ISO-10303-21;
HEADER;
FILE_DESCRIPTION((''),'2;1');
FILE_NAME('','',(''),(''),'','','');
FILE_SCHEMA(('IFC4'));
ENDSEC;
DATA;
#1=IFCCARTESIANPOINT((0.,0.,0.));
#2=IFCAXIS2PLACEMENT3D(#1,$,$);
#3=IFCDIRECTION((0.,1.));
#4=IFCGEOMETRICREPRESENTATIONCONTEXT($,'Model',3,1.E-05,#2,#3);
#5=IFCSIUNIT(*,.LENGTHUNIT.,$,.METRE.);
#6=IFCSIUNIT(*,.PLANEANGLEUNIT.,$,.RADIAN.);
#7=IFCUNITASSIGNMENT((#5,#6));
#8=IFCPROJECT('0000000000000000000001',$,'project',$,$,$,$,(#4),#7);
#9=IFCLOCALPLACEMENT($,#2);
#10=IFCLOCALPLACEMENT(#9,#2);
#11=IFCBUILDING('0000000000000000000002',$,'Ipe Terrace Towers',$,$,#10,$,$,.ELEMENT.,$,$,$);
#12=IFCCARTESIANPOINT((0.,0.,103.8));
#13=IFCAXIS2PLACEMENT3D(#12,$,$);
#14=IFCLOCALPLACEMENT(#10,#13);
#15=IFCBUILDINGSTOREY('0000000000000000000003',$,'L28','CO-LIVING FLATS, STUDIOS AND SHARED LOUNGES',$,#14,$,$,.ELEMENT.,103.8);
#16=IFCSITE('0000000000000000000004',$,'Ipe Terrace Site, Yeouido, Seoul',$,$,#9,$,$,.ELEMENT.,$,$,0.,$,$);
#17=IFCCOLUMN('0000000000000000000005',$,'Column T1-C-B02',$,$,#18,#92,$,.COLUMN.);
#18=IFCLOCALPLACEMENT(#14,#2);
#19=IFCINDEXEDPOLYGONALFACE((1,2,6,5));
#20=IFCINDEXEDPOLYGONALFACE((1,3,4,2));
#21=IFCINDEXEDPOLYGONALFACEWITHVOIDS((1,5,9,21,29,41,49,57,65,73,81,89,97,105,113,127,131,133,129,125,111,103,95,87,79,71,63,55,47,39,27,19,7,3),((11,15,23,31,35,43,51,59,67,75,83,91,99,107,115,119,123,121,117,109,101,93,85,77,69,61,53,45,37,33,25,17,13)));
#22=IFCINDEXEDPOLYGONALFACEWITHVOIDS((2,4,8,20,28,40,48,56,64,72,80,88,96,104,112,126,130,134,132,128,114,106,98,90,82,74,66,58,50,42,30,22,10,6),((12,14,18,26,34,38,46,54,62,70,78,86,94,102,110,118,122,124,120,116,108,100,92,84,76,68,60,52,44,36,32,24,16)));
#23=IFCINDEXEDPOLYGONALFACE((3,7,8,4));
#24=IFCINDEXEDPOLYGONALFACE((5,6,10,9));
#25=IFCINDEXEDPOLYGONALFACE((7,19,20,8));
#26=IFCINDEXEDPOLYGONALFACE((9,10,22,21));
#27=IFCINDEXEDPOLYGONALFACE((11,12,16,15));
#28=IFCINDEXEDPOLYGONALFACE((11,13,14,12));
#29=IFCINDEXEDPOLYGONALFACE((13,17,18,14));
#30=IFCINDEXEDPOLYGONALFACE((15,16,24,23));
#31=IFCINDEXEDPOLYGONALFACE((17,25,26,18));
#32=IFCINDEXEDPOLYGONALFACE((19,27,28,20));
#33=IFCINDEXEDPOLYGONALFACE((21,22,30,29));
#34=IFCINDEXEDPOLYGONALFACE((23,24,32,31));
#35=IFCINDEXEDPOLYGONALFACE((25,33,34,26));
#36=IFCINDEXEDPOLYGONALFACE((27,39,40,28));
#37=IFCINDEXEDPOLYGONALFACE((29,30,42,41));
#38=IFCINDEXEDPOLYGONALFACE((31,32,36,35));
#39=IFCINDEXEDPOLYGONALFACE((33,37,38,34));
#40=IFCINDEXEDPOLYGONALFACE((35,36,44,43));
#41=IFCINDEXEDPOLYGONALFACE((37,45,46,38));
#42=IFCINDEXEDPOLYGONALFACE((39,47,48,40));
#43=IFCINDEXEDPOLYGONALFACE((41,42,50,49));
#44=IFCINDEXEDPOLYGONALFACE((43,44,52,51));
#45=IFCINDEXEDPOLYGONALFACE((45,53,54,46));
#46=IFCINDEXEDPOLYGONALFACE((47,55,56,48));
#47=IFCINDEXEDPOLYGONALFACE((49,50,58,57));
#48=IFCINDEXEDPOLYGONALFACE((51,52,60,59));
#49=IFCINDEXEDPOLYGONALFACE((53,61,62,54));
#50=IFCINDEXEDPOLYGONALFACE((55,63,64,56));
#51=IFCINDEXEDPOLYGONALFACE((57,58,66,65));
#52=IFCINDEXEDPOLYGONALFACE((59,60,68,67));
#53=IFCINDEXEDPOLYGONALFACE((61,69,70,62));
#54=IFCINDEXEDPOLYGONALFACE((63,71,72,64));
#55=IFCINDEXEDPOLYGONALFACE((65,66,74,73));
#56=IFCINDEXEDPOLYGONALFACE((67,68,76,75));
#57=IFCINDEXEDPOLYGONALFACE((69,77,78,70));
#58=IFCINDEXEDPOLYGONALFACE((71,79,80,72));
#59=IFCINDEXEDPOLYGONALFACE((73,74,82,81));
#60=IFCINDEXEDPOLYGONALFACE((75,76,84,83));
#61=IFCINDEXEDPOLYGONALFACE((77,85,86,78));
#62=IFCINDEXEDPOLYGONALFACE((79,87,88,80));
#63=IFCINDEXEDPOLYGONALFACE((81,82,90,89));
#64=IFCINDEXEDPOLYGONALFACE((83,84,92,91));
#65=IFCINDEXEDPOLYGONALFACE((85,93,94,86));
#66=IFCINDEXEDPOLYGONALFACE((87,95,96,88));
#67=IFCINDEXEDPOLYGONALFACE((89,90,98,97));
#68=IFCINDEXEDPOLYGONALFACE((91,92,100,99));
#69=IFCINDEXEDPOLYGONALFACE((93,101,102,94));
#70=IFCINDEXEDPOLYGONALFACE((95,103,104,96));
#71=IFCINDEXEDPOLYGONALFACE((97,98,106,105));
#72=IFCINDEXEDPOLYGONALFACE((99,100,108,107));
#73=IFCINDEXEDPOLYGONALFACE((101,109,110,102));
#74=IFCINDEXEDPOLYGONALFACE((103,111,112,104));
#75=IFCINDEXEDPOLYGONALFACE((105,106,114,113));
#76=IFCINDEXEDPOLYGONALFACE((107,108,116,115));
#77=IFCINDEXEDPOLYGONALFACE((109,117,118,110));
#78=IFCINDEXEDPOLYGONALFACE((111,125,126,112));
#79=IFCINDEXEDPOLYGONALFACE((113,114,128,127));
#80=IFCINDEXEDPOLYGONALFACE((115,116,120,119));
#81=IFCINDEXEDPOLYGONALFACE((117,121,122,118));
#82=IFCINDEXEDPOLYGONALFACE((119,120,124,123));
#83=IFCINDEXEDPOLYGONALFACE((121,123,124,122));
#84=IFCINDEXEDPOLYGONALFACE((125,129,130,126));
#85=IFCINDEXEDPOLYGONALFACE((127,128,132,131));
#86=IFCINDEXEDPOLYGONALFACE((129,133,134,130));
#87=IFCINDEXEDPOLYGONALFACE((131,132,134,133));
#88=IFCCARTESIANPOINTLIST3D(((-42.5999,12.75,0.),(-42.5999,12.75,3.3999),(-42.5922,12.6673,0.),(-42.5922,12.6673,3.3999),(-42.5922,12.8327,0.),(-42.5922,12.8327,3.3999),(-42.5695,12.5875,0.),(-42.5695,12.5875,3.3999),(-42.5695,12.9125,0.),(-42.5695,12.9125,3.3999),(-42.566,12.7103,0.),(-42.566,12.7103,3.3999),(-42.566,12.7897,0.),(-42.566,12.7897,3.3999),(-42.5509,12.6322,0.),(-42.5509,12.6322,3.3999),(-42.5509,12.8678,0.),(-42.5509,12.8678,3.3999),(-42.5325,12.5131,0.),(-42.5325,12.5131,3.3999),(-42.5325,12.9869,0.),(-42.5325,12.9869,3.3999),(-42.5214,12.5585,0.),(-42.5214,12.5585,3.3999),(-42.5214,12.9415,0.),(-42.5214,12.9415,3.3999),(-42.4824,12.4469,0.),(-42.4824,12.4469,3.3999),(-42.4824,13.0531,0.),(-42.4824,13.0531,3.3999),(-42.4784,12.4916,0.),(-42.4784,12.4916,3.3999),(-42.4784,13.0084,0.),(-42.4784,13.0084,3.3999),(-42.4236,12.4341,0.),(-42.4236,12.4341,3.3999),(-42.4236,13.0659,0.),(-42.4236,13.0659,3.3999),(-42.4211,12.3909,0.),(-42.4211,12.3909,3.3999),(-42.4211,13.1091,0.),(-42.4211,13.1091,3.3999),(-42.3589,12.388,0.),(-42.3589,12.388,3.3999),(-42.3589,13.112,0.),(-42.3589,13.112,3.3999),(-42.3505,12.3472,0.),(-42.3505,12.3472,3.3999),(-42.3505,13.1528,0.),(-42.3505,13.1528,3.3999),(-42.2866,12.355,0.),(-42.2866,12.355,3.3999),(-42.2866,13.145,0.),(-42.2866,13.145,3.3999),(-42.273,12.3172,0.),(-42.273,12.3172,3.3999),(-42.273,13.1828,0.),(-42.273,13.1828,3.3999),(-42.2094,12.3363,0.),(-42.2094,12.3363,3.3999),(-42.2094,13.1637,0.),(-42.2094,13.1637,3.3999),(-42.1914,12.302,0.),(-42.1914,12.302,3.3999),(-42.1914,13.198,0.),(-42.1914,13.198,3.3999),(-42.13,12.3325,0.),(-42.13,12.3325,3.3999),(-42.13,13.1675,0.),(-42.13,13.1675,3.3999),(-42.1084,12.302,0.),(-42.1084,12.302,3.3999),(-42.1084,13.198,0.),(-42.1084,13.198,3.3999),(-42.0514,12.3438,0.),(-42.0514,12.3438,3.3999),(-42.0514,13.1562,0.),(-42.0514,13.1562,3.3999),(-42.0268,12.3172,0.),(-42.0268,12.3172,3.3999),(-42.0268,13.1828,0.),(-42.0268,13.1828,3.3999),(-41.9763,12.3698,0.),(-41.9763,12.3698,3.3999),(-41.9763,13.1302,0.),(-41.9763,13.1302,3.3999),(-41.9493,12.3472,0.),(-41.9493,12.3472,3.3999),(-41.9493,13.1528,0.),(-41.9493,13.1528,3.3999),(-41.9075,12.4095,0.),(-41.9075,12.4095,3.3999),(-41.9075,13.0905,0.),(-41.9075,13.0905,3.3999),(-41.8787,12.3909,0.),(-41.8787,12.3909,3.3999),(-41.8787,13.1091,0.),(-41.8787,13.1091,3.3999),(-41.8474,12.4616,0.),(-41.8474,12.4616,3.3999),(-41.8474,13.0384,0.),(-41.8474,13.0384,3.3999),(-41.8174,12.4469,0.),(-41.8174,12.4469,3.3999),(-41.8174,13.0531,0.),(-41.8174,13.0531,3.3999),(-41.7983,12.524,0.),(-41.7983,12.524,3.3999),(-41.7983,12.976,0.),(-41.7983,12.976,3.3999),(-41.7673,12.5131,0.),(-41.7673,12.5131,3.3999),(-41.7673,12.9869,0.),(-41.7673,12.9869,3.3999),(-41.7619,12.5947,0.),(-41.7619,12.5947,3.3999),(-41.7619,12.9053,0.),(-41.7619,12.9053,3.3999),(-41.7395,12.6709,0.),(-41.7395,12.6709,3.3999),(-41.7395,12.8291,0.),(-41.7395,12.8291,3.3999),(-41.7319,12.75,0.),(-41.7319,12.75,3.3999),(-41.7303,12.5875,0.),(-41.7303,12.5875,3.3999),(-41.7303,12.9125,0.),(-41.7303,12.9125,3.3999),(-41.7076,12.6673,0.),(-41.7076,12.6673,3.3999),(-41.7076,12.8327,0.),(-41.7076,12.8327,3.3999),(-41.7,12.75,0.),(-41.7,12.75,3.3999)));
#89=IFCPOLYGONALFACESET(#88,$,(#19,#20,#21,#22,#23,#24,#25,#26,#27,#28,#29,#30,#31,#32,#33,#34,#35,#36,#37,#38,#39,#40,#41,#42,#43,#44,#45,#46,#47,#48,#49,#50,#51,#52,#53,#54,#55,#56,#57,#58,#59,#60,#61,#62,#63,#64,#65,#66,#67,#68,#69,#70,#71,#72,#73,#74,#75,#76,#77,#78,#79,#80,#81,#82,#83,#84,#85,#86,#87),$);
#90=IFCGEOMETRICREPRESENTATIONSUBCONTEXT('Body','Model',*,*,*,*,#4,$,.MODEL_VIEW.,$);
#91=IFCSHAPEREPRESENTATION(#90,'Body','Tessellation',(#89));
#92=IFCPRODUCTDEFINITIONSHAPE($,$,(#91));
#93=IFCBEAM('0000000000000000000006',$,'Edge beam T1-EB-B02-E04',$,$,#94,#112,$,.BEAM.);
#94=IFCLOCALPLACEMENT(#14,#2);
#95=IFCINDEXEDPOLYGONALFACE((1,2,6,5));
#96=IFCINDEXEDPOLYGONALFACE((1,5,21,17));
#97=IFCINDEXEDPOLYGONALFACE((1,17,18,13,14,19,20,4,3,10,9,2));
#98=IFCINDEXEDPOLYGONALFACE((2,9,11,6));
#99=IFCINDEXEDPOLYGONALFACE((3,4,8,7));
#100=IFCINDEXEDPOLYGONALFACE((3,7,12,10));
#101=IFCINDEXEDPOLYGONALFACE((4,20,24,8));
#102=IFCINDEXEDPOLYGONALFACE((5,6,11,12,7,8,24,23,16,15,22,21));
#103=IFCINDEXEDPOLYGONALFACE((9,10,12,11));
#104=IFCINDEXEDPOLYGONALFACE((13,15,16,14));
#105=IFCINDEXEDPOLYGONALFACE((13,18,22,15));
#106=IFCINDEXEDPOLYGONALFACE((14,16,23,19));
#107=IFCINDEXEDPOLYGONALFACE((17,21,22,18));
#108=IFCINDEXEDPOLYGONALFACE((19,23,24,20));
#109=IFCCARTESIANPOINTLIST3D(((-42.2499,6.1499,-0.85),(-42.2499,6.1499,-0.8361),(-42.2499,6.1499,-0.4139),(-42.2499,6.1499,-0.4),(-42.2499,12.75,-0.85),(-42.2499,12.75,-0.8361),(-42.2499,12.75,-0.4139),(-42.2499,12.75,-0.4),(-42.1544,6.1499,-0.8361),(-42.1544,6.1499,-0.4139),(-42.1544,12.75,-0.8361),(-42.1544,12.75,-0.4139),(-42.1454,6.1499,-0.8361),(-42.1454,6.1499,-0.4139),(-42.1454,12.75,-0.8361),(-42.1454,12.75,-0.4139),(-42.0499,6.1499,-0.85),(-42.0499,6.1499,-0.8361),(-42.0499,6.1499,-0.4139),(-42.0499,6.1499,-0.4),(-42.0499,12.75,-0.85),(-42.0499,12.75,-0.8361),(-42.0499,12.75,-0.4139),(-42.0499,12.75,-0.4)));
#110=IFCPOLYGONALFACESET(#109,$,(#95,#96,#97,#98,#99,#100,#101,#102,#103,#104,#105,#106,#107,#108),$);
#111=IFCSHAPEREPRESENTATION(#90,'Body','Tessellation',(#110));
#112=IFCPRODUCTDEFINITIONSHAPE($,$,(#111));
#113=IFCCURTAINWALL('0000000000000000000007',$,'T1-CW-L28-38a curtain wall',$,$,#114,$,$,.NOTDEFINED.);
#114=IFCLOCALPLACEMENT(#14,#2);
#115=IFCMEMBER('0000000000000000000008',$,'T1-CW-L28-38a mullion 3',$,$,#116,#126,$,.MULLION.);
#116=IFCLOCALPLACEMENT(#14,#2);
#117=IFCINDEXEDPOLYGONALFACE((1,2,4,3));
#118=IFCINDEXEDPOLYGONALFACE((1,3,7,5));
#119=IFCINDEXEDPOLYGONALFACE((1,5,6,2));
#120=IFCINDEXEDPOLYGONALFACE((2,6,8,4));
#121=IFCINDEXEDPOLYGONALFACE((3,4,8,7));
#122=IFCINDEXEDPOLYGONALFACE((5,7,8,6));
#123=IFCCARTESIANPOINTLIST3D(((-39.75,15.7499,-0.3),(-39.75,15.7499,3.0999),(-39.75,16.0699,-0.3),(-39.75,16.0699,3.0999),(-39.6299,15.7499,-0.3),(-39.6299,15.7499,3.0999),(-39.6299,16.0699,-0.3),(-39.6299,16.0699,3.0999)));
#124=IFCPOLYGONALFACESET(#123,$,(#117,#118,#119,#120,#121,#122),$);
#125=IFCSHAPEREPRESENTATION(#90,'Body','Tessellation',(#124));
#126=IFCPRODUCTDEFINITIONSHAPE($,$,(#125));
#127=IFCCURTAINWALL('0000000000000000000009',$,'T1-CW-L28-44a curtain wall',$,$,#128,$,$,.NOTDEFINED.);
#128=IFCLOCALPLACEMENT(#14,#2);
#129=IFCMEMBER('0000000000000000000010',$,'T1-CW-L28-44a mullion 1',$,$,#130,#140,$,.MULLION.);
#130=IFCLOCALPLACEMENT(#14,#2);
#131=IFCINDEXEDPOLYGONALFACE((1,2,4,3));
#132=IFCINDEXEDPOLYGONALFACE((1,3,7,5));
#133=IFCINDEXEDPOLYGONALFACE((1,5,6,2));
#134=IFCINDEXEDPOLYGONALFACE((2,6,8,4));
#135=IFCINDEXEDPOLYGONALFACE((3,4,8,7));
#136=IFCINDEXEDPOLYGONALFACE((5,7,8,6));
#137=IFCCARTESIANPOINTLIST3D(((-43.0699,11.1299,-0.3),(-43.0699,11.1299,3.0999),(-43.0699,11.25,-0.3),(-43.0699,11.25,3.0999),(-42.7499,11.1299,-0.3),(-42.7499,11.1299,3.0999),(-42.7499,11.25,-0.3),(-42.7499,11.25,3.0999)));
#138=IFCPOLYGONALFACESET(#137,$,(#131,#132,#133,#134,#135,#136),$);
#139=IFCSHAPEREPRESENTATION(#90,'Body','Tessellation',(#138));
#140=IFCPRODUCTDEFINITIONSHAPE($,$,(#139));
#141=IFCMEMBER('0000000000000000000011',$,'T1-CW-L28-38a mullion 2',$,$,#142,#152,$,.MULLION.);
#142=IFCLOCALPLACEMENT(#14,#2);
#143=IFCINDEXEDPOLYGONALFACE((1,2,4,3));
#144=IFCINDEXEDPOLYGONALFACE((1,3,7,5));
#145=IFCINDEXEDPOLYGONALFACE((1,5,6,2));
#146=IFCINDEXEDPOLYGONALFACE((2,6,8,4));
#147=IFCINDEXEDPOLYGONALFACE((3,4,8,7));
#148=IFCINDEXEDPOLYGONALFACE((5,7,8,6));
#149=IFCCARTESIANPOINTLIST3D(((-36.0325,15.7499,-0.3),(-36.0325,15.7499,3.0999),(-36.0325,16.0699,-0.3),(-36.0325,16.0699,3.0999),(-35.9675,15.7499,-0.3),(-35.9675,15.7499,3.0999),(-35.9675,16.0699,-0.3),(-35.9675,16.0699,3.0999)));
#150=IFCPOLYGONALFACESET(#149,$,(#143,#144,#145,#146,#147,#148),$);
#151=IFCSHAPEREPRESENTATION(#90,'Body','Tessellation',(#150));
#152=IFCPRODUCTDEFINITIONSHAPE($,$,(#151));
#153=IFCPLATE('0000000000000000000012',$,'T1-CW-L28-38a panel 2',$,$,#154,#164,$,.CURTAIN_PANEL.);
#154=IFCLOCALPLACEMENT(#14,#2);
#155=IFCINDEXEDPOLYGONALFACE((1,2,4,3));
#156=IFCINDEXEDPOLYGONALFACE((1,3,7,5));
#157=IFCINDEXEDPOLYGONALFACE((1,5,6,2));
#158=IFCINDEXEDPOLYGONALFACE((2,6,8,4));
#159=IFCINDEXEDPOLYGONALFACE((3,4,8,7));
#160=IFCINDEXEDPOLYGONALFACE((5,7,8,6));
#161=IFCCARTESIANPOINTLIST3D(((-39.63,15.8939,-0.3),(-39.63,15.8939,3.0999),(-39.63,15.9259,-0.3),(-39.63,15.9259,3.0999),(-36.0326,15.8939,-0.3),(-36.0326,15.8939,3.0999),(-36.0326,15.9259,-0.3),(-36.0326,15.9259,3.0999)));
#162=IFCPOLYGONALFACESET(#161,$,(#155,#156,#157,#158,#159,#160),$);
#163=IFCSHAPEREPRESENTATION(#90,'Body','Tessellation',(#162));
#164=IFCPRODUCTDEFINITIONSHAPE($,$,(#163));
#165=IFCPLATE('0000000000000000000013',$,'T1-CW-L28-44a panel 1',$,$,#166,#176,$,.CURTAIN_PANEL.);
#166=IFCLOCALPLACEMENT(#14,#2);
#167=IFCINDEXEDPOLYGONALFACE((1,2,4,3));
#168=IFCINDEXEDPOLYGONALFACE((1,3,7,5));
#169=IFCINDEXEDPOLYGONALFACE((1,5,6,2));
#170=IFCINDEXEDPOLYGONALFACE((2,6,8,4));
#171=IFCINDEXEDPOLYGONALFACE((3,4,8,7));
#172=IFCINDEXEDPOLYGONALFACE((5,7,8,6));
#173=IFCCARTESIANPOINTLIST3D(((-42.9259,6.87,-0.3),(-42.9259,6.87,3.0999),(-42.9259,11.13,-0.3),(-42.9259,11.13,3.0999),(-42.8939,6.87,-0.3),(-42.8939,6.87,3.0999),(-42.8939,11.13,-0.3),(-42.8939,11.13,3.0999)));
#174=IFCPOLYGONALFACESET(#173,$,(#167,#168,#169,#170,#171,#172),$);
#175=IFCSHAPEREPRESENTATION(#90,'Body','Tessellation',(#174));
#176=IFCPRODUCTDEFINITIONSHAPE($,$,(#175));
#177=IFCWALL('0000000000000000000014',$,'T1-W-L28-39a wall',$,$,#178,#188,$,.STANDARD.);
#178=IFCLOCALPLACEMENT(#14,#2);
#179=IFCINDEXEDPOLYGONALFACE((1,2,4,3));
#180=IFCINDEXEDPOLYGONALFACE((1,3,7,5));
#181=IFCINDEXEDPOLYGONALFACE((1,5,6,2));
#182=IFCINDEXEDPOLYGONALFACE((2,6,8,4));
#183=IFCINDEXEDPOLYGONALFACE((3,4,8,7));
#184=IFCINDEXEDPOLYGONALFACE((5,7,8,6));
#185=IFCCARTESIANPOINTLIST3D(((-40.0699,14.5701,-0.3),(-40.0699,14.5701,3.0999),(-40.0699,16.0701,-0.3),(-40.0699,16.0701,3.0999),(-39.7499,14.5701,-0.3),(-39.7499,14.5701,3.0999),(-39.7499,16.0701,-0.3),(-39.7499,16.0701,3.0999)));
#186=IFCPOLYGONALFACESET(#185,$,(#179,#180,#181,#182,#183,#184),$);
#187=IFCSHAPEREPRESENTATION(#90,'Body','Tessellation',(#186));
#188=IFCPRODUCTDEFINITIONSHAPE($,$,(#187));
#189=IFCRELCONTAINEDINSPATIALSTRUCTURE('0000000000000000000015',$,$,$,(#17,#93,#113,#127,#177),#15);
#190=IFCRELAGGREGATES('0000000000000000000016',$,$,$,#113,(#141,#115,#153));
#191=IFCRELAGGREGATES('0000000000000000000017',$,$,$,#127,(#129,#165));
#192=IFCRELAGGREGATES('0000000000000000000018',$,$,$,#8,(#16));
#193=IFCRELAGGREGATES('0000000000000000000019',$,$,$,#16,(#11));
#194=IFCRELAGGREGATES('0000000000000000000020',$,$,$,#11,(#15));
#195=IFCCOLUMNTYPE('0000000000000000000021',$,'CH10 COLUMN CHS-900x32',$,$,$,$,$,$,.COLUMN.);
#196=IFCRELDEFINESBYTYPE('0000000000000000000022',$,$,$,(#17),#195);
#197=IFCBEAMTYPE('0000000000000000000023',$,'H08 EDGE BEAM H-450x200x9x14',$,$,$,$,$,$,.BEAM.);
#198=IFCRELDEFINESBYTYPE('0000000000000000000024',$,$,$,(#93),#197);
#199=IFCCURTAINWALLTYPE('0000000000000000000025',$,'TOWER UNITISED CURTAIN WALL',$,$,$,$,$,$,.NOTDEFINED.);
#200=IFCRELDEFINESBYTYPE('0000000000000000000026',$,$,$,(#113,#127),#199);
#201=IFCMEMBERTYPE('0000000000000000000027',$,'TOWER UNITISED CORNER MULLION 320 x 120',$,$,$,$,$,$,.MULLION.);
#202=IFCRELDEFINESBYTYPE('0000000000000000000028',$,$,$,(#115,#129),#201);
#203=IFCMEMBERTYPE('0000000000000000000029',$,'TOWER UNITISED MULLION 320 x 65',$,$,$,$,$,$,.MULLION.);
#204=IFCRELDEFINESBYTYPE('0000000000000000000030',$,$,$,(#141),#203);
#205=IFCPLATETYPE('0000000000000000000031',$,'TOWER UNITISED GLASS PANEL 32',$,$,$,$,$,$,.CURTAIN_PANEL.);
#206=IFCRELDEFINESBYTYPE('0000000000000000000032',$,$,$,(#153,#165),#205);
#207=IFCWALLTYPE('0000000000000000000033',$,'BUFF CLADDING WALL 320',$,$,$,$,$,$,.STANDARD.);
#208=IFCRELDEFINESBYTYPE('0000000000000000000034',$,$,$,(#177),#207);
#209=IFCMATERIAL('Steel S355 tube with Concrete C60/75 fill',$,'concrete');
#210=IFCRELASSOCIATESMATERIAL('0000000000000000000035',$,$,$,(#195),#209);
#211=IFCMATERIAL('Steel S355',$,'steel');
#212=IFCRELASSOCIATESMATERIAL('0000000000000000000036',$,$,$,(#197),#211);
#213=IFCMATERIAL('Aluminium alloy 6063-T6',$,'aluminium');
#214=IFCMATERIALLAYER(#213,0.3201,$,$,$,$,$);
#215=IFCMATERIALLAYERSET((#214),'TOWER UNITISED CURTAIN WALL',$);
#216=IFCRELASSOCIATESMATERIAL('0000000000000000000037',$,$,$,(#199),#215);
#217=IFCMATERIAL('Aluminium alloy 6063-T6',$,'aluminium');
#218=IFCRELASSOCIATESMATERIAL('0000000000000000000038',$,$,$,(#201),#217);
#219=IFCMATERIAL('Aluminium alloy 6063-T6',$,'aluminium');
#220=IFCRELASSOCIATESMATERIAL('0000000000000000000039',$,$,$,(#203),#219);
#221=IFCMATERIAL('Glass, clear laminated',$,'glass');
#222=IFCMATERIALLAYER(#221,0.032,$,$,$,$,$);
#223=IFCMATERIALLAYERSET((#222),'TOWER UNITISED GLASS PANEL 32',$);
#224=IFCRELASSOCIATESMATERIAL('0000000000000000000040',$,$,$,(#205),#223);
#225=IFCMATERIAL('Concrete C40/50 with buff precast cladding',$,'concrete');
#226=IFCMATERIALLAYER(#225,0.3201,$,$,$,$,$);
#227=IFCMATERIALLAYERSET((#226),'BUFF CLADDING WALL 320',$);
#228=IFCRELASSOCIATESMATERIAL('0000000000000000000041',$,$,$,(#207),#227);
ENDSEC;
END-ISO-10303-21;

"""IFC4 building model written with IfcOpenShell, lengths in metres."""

from ifc_helpers import new_model, si_unit, direction, frame, frame_2d, origin, origin_2d, place, context, subcontext, project, spatial, rectangle, hollow_circle, i_section, extrude, material, layer, layer_set, material_profile, profile_set, type_object, element, aggregate, save


model = new_model("IFC4")

# Units and contexts
model_context = context("Model", 3, precision=1e-05, world=origin(), true_north=direction((0.0, 1.0)))
body_context = subcontext(model_context, "Body", "Model", "MODEL_VIEW")
ifc_project = project(units=[si_unit("LENGTHUNIT", "METRE"), si_unit("PLANEANGLEUNIT", "RADIAN")], contexts=[model_context])

# Site, building, storey
site_placement = place(None, origin())
site = spatial("IfcSite", under=ifc_project, at=site_placement, Name="Ipe Terrace Site, Yeouido, Seoul", CompositionType="ELEMENT", RefElevation=0.0)
building_placement = place(site_placement, origin())
building = spatial("IfcBuilding", under=site, at=building_placement, Name="Ipe Terrace Towers", CompositionType="ELEMENT")
storey_placement = place(building_placement, frame((0.0, 0.0, 103.8)))
storey = spatial("IfcBuildingStorey", under=building, at=storey_placement, Name="L28", Description="CO-LIVING FLATS, STUDIOS AND SHARED LOUNGES", CompositionType="ELEMENT", Elevation=103.8)

# Column
ifc_material_1 = material(Name="Steel S355 tube with Concrete C60/75 fill", Category="concrete")
ifc_material_profile_1 = material_profile(ifc_material_1, hollow_circle(Radius=0.45, WallThickness=0.032, at=origin_2d()), Name="CHS-900x32")
ifc_profile_set_1 = profile_set([ifc_material_profile_1], Name="Steel S355 tube with Concrete C60/75 fill")
column_type = type_object("IfcColumnType", Name="CH10 COLUMN CHS-900x32", PredefinedType="COLUMN", material=ifc_profile_set_1)
column_placement = place(storey_placement, frame((-42.1499, 12.75, 0.0), z_axis=(0.0, 0.0, 1.0), x_axis=(1.0, 0.0, 0.0)))
element("IfcColumn", 1, at=column_placement, inside=storey, type_object=column_type, Name="Column T1-C-B02", PredefinedType="COLUMN", context=body_context, shape_type="SweptSolid", body=[
    extrude(hollow_circle(Radius=0.45, WallThickness=0.032, at=origin_2d()), origin(), (0.0, 0.0, 1.0), 3.3999),
])

# Beam
ifc_material_2 = material(Name="Steel S355", Category="steel")
ifc_material_profile_2 = material_profile(ifc_material_2, i_section(OverallWidth=0.2, OverallDepth=0.45, WebThickness=0.009, FlangeThickness=0.0139, at=origin_2d()), Name="H-450x200x9x14")
ifc_profile_set_2 = profile_set([ifc_material_profile_2], Name="Steel S355")
beam_type = type_object("IfcBeamType", Name="H08 EDGE BEAM H-450x200x9x14", PredefinedType="BEAM", material=ifc_profile_set_2)
beam_placement = place(storey_placement, frame((-42.1499, 12.75, -0.625), z_axis=(0.0, -1.0, 0.0), x_axis=(1.0, 0.0, 0.0)))
element("IfcBeam", 2, at=beam_placement, inside=storey, type_object=beam_type, Name="Edge beam T1-EB-B02-E04", PredefinedType="BEAM", context=body_context, shape_type="SweptSolid", body=[
    extrude(i_section(OverallWidth=0.2, OverallDepth=0.45, WebThickness=0.009, FlangeThickness=0.0139, at=origin_2d()), origin(), (0.0, 0.0, 1.0), 6.6001),
])

# Curtain walls, members
ifc_material_3 = material(Name="Aluminium alloy 6063-T6", Category="aluminium")
ifc_layer_1 = layer(ifc_material_3, 0.3201)
ifc_layer_set_1 = layer_set([ifc_layer_1], Name="TOWER UNITISED CURTAIN WALL")
curtain_wall_type = type_object("IfcCurtainWallType", Name="TOWER UNITISED CURTAIN WALL", PredefinedType="NOTDEFINED", material=ifc_layer_set_1)
curtain_wall_1_placement = place(storey_placement, origin())
curtain_wall_1 = element("IfcCurtainWall", 3, at=curtain_wall_1_placement, inside=storey, type_object=curtain_wall_type, Name="T1-CW-L28-38a curtain wall", PredefinedType="NOTDEFINED")
ifc_material_4 = material(Name="Aluminium alloy 6063-T6", Category="aluminium")
ifc_material_profile_3 = material_profile(ifc_material_4, rectangle(XDim=0.3201, YDim=0.1201, at=origin_2d()), Name="TOWER UNITISED CORNER MULLION 320 x 120")
ifc_profile_set_3 = profile_set([ifc_material_profile_3], Name="Aluminium alloy 6063-T6")
member_type_1 = type_object("IfcMemberType", Name="TOWER UNITISED CORNER MULLION 320 x 120", PredefinedType="MULLION", material=ifc_profile_set_3)
member_1_placement = place(storey_placement, frame((-39.6899, 15.9099, -0.3), z_axis=(0.0, 0.0, 1.0), x_axis=(0.0, 1.0, 0.0)))
member_1 = element("IfcMember", 4, at=member_1_placement, type_object=member_type_1, Name="T1-CW-L28-38a mullion 3", PredefinedType="MULLION", context=body_context, shape_type="SweptSolid", body=[
    extrude(rectangle(XDim=0.3201, YDim=0.1201, at=origin_2d()), origin(), (0.0, 0.0, 1.0), 3.3999),
])
curtain_wall_2_placement = place(storey_placement, origin())
curtain_wall_2 = element("IfcCurtainWall", 5, at=curtain_wall_2_placement, inside=storey, type_object=curtain_wall_type, Name="T1-CW-L28-44a curtain wall", PredefinedType="NOTDEFINED")
member_2_placement = place(storey_placement, frame((-42.9099, 11.1899, -0.3), z_axis=(0.0, 0.0, 1.0), x_axis=(-1.0, 0.0, 0.0)))
member_2 = element("IfcMember", 6, at=member_2_placement, type_object=member_type_1, Name="T1-CW-L28-44a mullion 1", PredefinedType="MULLION", context=body_context, shape_type="SweptSolid", body=[
    extrude(rectangle(XDim=0.3201, YDim=0.1201, at=origin_2d()), origin(), (0.0, 0.0, 1.0), 3.3999),
])

# Member
ifc_material_5 = material(Name="Aluminium alloy 6063-T6", Category="aluminium")
ifc_material_profile_4 = material_profile(ifc_material_5, rectangle(XDim=0.3201, YDim=0.0649, at=origin_2d()), Name="TOWER UNITISED MULLION 320 x 65")
ifc_profile_set_4 = profile_set([ifc_material_profile_4], Name="Aluminium alloy 6063-T6")
member_type_2 = type_object("IfcMemberType", Name="TOWER UNITISED MULLION 320 x 65", PredefinedType="MULLION", material=ifc_profile_set_4)
member_3_placement = place(storey_placement, frame((-36.0, 15.9099, -0.3), z_axis=(0.0, 0.0, 1.0), x_axis=(0.0, 1.0, 0.0)))
member_3 = element("IfcMember", 7, at=member_3_placement, type_object=member_type_2, Name="T1-CW-L28-38a mullion 2", PredefinedType="MULLION", context=body_context, shape_type="SweptSolid", body=[
    extrude(rectangle(XDim=0.3201, YDim=0.0649, at=origin_2d()), origin(), (0.0, 0.0, 1.0), 3.3999),
])

# Plates
ifc_material_6 = material(Name="Glass, clear laminated", Category="glass")
ifc_layer_2 = layer(ifc_material_6, 0.032)
ifc_layer_set_2 = layer_set([ifc_layer_2], Name="TOWER UNITISED GLASS PANEL 32")
plate_type = type_object("IfcPlateType", Name="TOWER UNITISED GLASS PANEL 32", PredefinedType="CURTAIN_PANEL", material=ifc_layer_set_2)
plate_1_placement = place(storey_placement, frame((-37.8313, 15.9099, -0.3), z_axis=(0.0, 0.0, 1.0), x_axis=(-1.0, 0.0, 0.0)))
plate_1 = element("IfcPlate", 8, at=plate_1_placement, type_object=plate_type, Name="T1-CW-L28-38a panel 2", PredefinedType="CURTAIN_PANEL", context=body_context, shape_type="SweptSolid", body=[
    extrude(rectangle(XDim=3.5974, YDim=0.032, at=origin_2d()), origin(), (0.0, 0.0, 1.0), 3.3999),
])
aggregate(curtain_wall_1, [member_3, member_1, plate_1])
plate_2_placement = place(storey_placement, frame((-42.9099, 9.0, -0.3), z_axis=(0.0, 0.0, 1.0), x_axis=(0.0, -1.0, 0.0)))
plate_2 = element("IfcPlate", 9, at=plate_2_placement, type_object=plate_type, Name="T1-CW-L28-44a panel 1", PredefinedType="CURTAIN_PANEL", context=body_context, shape_type="SweptSolid", body=[
    extrude(rectangle(XDim=4.26, YDim=0.032, at=origin_2d()), origin(), (0.0, 0.0, 1.0), 3.3999),
])
aggregate(curtain_wall_2, [member_2, plate_2])

# Wall
ifc_material_7 = material(Name="Concrete C40/50 with buff precast cladding", Category="concrete")
ifc_layer_3 = layer(ifc_material_7, 0.3201)
ifc_layer_set_3 = layer_set([ifc_layer_3], Name="BUFF CLADDING WALL 320")
wall_type_1 = type_object("IfcWallType", Name="BUFF CLADDING WALL 320", PredefinedType="STANDARD", material=ifc_layer_set_3)
wall_1_placement = place(storey_placement, frame((-39.9099, 16.0701, -0.3), z_axis=(0.0, 0.0, 1.0), x_axis=(0.0, -1.0, 0.0)))
element("IfcWall", 10, at=wall_1_placement, inside=storey, type_object=wall_type_1, Name="T1-W-L28-39a wall", PredefinedType="STANDARD", context=body_context, shape_type="SweptSolid", body=[
    extrude(rectangle(XDim=1.5, YDim=0.3201, at=frame_2d((0.75, 0.0))), origin(), (0.0, 0.0, 1.0), 3.3999),
])

save(model, "model.ifc")
